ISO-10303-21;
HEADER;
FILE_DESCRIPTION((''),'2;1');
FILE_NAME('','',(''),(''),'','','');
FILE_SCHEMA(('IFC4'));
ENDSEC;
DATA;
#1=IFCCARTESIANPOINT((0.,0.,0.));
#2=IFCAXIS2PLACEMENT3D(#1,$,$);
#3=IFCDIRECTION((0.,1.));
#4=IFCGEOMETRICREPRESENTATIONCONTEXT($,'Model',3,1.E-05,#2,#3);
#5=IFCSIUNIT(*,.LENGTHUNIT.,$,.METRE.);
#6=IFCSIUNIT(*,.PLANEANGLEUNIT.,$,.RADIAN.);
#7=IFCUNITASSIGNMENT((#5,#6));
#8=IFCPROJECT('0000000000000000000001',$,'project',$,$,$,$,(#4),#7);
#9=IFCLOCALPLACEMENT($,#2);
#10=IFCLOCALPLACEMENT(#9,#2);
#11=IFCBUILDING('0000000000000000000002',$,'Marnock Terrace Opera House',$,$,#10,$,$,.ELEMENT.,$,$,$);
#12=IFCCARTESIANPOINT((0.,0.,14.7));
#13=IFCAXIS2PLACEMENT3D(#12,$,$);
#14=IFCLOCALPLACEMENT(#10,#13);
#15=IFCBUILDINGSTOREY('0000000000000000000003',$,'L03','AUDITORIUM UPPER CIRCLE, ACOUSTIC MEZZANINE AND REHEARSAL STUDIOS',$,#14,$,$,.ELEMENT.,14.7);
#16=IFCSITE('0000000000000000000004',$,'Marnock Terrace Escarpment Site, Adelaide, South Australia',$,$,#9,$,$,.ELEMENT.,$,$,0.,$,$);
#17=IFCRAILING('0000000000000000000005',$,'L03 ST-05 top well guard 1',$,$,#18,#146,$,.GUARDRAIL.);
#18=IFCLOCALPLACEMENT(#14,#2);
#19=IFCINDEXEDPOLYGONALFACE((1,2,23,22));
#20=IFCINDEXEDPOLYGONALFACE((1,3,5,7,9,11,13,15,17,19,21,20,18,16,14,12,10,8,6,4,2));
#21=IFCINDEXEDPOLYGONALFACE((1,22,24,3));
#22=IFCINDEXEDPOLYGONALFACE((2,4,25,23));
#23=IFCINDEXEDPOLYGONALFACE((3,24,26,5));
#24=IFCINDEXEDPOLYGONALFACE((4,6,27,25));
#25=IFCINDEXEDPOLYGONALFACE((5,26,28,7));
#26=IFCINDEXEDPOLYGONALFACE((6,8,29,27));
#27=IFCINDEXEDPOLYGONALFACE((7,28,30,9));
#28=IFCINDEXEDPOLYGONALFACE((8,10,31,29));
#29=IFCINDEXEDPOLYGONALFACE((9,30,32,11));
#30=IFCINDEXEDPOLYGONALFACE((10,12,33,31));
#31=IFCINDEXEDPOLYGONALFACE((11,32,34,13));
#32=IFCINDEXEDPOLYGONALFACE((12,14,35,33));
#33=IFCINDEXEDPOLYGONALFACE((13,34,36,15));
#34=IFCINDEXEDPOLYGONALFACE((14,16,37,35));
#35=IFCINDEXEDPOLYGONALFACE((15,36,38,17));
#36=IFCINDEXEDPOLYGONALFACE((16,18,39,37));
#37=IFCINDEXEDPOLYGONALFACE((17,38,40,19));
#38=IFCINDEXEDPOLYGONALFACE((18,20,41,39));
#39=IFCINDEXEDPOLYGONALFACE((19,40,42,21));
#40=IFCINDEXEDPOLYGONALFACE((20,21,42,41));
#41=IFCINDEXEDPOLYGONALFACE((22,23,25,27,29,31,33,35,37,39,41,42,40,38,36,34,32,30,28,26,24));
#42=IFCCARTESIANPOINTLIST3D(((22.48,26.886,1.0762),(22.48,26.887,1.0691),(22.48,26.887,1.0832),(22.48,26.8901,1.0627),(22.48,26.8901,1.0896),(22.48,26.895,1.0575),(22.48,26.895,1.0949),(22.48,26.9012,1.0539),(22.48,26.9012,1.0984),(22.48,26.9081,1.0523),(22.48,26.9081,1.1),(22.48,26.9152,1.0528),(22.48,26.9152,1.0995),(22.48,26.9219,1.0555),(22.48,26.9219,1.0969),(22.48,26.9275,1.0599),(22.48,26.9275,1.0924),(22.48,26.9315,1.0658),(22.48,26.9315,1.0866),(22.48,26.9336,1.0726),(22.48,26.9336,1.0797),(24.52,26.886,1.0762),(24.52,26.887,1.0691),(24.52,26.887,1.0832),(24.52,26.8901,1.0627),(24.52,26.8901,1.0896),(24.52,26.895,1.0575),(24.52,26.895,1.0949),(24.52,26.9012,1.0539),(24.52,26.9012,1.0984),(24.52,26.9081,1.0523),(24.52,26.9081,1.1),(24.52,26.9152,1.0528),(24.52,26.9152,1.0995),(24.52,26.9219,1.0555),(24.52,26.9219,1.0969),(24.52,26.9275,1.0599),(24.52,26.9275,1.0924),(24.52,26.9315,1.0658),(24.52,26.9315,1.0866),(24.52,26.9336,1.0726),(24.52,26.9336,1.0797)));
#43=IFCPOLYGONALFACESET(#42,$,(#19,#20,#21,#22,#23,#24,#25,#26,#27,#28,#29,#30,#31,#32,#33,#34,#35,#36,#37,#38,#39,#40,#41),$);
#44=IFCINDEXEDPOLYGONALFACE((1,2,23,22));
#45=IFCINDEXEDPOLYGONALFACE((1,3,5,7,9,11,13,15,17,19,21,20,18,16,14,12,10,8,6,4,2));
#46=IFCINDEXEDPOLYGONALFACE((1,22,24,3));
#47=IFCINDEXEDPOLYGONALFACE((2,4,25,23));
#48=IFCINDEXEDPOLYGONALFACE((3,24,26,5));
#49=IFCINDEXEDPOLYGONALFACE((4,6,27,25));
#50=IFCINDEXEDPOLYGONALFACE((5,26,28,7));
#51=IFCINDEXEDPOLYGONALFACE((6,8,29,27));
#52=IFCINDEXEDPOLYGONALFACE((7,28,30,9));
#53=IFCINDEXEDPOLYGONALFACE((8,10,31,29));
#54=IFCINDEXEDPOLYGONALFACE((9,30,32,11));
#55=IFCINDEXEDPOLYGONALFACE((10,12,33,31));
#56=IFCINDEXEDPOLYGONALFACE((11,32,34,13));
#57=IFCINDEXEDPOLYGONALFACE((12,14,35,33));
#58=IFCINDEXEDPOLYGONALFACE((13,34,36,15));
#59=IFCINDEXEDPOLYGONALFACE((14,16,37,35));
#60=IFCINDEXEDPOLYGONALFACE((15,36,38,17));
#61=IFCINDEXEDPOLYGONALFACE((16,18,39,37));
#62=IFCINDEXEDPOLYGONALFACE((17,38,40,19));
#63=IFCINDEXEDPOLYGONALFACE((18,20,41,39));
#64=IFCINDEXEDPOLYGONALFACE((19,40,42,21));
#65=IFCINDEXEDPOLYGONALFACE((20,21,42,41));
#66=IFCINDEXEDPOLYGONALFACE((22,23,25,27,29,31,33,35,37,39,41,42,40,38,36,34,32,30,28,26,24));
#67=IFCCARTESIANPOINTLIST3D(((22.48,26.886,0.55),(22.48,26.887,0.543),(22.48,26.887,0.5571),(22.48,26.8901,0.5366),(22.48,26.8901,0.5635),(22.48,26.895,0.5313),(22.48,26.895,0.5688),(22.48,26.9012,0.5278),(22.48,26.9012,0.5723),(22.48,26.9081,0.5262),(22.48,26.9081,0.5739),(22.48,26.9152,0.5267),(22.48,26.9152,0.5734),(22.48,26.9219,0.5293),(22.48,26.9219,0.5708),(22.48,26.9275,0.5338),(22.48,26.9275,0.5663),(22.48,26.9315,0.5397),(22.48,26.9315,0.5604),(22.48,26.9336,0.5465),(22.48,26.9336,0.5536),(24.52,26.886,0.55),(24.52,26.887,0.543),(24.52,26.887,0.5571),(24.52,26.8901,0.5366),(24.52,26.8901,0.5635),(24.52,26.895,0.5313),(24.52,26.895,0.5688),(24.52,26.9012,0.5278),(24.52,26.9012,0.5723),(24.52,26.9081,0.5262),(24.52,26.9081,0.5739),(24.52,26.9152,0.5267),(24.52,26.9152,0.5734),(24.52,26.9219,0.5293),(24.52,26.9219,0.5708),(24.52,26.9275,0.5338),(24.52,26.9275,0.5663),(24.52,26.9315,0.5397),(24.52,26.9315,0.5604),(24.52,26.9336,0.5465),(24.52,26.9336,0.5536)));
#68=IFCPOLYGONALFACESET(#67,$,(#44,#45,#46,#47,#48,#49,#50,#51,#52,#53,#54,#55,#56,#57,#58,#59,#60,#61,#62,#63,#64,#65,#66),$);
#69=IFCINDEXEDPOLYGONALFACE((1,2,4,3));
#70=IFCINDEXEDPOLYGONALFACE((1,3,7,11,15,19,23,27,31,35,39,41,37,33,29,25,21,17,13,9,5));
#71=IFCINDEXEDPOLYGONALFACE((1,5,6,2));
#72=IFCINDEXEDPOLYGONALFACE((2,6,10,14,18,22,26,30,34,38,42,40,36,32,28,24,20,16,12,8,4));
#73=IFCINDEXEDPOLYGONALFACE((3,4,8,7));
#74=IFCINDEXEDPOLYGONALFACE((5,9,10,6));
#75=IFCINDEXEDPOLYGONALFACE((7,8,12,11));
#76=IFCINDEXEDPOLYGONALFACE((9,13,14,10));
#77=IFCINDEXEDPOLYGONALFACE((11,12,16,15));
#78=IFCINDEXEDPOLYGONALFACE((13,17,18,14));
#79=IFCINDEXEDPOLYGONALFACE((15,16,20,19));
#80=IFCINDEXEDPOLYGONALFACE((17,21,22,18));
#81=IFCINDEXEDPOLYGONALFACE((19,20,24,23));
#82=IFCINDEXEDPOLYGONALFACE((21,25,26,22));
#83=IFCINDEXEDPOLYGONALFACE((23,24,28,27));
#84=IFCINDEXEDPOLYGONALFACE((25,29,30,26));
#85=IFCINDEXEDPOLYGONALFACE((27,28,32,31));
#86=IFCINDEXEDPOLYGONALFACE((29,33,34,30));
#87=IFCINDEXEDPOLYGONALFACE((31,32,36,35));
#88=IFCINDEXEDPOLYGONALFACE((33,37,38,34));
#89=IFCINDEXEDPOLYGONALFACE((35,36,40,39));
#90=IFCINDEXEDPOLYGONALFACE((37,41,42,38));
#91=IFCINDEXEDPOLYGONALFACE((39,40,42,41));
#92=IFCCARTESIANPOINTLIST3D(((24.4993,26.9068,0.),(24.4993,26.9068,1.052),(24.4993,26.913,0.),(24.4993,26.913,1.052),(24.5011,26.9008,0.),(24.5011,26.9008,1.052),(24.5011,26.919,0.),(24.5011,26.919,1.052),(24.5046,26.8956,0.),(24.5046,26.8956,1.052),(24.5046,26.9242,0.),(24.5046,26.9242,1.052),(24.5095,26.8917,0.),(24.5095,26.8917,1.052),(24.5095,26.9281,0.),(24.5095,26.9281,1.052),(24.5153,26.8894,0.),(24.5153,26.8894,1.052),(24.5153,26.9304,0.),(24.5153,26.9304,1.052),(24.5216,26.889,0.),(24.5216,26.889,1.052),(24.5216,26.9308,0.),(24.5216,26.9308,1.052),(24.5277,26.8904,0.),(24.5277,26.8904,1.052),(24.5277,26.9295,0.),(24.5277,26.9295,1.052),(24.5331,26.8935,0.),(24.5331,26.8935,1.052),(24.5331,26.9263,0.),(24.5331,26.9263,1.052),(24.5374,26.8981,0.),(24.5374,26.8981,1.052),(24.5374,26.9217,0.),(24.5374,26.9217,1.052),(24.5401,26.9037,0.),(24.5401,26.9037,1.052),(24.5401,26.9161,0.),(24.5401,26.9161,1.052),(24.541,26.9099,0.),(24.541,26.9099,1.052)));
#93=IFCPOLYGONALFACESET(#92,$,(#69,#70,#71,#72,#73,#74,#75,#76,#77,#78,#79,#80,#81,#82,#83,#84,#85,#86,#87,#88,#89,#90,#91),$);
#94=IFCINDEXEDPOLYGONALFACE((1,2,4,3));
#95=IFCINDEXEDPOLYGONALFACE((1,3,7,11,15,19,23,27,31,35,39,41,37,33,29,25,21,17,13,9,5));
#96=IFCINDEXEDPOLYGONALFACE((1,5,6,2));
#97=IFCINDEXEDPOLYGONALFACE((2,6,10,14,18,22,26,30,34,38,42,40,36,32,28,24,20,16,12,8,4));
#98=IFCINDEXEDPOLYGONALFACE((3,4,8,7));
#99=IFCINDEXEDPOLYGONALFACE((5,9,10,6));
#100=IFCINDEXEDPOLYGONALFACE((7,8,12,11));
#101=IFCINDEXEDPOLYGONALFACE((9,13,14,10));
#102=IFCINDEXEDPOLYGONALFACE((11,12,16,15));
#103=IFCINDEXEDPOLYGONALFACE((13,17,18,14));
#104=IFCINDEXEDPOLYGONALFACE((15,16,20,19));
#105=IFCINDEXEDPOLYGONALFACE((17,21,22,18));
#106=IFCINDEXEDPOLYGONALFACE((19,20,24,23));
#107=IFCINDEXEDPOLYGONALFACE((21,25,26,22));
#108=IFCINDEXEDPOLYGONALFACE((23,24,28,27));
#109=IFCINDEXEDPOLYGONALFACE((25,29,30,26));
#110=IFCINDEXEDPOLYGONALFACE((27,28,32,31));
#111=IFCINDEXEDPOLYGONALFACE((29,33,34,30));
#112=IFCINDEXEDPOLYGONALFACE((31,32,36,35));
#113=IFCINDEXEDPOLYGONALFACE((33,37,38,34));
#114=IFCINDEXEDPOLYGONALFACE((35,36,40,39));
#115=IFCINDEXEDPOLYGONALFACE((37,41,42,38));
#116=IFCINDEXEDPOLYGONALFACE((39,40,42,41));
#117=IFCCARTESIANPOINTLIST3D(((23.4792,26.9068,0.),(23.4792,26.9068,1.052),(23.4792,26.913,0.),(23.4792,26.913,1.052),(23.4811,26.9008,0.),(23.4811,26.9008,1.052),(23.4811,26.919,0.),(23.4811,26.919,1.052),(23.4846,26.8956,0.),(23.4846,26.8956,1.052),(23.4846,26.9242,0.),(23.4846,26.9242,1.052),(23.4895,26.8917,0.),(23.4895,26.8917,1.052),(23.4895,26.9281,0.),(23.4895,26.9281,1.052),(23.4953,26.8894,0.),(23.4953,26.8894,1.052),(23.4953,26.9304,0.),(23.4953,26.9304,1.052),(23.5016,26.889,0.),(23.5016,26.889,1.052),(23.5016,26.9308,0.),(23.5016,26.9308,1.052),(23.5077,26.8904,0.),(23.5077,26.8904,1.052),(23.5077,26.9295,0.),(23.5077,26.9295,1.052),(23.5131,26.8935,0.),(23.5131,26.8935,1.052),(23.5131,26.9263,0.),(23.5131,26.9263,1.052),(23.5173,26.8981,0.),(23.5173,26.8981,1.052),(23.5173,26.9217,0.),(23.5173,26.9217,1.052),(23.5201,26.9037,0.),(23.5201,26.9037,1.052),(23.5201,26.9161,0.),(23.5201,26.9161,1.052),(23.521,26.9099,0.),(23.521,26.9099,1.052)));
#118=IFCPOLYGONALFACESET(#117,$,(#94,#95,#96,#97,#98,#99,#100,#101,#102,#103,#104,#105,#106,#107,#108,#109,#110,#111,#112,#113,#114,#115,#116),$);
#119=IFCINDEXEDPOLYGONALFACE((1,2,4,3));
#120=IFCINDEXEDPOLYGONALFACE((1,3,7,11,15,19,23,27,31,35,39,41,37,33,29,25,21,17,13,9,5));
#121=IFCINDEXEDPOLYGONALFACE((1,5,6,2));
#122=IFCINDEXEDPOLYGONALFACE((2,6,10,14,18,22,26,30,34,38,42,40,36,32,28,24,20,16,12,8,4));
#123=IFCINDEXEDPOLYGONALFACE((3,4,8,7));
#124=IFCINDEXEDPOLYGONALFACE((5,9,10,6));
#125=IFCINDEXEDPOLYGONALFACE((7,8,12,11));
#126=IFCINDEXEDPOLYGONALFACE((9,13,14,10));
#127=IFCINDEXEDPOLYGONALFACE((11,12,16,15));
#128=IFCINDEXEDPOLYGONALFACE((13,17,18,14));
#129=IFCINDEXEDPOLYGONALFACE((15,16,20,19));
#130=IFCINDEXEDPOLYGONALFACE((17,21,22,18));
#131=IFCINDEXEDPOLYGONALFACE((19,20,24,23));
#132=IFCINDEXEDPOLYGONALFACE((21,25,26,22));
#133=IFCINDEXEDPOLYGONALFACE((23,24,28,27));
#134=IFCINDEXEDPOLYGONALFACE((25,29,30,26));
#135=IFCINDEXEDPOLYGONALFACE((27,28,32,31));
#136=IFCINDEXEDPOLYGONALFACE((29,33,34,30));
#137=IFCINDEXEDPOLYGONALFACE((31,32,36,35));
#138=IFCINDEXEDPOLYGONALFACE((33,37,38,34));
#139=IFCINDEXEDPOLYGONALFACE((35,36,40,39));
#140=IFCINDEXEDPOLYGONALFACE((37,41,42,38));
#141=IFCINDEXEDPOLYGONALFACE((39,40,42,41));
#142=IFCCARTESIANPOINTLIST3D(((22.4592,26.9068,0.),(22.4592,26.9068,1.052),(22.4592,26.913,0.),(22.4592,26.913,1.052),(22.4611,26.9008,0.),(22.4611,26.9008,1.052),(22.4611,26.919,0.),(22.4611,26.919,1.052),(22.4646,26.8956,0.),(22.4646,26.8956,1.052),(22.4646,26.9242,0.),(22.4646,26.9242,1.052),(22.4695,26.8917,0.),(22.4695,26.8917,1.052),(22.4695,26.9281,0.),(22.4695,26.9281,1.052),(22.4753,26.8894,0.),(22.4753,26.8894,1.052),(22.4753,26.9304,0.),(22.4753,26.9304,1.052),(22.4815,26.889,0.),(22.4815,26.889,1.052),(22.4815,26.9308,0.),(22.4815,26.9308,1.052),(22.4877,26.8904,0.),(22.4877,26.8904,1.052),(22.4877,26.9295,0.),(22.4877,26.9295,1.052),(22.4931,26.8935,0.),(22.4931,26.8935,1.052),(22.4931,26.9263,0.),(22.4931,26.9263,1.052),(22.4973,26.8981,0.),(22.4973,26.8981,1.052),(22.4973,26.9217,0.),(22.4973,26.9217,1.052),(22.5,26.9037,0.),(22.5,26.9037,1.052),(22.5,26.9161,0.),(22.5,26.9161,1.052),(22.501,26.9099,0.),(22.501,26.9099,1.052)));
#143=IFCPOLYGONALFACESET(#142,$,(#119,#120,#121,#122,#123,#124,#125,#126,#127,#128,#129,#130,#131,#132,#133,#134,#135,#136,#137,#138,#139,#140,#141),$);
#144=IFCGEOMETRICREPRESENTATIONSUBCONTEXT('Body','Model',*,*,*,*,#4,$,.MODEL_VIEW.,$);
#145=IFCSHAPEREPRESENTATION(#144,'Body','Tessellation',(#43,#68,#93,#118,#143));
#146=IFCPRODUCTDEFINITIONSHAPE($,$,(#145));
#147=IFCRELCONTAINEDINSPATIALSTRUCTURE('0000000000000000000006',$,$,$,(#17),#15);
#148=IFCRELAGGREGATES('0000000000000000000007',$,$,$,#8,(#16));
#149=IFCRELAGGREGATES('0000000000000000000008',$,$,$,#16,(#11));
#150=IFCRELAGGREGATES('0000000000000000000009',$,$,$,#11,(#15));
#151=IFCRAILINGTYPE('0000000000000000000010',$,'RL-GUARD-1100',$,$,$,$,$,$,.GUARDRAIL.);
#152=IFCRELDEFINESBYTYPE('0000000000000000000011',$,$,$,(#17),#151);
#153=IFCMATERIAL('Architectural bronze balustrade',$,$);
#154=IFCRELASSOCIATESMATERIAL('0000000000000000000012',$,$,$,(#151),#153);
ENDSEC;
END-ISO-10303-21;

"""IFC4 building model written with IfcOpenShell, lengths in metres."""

from ifc_helpers import new_model, si_unit, direction, frame, origin, origin_2d, place, context, subcontext, project, spatial, circle, extrude, material, type_object, element, save


model = new_model("IFC4")

# Units and contexts
model_context = context("Model", 3, precision=1e-05, world=origin(), true_north=direction((0.0, 1.0)))
body_context = subcontext(model_context, "Body", "Model", "MODEL_VIEW")
ifc_project = project(units=[si_unit("LENGTHUNIT", "METRE"), si_unit("PLANEANGLEUNIT", "RADIAN")], contexts=[model_context])

# Site, building, storey
site_placement = place(None, origin())
site = spatial("IfcSite", under=ifc_project, at=site_placement, Name="Marnock Terrace Escarpment Site, Adelaide, South Australia", CompositionType="ELEMENT", RefElevation=0.0)
building_placement = place(site_placement, origin())
building = spatial("IfcBuilding", under=site, at=building_placement, Name="Marnock Terrace Opera House", CompositionType="ELEMENT")
storey_placement = place(building_placement, frame((0.0, 0.0, 14.7)))
storey = spatial("IfcBuildingStorey", under=building, at=storey_placement, Name="L03", Description="AUDITORIUM UPPER CIRCLE, ACOUSTIC MEZZANINE AND REHEARSAL STUDIOS", CompositionType="ELEMENT", Elevation=14.7)

# Railing
ifc_material_1 = material(Name="Architectural bronze balustrade")
railing_type = type_object("IfcRailingType", Name="RL-GUARD-1100", PredefinedType="GUARDRAIL", material=ifc_material_1)
railing_placement = place(storey_placement, frame((24.52, 26.9099, 0.0)))
element("IfcRailing", 1, at=railing_placement, inside=storey, type_object=railing_type, Name="L03 ST-05 top well guard 1", PredefinedType="GUARDRAIL", context=body_context, shape_type="SweptSolid", body=[
    extrude(circle(Radius=0.0239, at=origin_2d()), frame((0.0, 0.0, 1.0762), z_axis=(-1.0, 0.0, 0.0), x_axis=(0.0, -1.0, 0.0)), (0.0, 0.0, 1.0), 2.04),
    extrude(circle(Radius=0.0239, at=origin_2d()), frame((0.0, 0.0, 0.55), z_axis=(-1.0, 0.0, 0.0), x_axis=(0.0, -1.0, 0.0)), (0.0, 0.0, 1.0), 2.04),
    extrude(circle(Radius=0.021, at=origin_2d()), origin(), (0.0, 0.0, 1.0), 1.052),
    extrude(circle(Radius=0.021, at=origin_2d()), frame((-1.02, 0.0, 0.0)), (0.0, 0.0, 1.0), 1.052),
    extrude(circle(Radius=0.021, at=origin_2d()), frame((-2.04, 0.0, 0.0)), (0.0, 0.0, 1.0), 1.052),
])

save(model, "model.ifc")
